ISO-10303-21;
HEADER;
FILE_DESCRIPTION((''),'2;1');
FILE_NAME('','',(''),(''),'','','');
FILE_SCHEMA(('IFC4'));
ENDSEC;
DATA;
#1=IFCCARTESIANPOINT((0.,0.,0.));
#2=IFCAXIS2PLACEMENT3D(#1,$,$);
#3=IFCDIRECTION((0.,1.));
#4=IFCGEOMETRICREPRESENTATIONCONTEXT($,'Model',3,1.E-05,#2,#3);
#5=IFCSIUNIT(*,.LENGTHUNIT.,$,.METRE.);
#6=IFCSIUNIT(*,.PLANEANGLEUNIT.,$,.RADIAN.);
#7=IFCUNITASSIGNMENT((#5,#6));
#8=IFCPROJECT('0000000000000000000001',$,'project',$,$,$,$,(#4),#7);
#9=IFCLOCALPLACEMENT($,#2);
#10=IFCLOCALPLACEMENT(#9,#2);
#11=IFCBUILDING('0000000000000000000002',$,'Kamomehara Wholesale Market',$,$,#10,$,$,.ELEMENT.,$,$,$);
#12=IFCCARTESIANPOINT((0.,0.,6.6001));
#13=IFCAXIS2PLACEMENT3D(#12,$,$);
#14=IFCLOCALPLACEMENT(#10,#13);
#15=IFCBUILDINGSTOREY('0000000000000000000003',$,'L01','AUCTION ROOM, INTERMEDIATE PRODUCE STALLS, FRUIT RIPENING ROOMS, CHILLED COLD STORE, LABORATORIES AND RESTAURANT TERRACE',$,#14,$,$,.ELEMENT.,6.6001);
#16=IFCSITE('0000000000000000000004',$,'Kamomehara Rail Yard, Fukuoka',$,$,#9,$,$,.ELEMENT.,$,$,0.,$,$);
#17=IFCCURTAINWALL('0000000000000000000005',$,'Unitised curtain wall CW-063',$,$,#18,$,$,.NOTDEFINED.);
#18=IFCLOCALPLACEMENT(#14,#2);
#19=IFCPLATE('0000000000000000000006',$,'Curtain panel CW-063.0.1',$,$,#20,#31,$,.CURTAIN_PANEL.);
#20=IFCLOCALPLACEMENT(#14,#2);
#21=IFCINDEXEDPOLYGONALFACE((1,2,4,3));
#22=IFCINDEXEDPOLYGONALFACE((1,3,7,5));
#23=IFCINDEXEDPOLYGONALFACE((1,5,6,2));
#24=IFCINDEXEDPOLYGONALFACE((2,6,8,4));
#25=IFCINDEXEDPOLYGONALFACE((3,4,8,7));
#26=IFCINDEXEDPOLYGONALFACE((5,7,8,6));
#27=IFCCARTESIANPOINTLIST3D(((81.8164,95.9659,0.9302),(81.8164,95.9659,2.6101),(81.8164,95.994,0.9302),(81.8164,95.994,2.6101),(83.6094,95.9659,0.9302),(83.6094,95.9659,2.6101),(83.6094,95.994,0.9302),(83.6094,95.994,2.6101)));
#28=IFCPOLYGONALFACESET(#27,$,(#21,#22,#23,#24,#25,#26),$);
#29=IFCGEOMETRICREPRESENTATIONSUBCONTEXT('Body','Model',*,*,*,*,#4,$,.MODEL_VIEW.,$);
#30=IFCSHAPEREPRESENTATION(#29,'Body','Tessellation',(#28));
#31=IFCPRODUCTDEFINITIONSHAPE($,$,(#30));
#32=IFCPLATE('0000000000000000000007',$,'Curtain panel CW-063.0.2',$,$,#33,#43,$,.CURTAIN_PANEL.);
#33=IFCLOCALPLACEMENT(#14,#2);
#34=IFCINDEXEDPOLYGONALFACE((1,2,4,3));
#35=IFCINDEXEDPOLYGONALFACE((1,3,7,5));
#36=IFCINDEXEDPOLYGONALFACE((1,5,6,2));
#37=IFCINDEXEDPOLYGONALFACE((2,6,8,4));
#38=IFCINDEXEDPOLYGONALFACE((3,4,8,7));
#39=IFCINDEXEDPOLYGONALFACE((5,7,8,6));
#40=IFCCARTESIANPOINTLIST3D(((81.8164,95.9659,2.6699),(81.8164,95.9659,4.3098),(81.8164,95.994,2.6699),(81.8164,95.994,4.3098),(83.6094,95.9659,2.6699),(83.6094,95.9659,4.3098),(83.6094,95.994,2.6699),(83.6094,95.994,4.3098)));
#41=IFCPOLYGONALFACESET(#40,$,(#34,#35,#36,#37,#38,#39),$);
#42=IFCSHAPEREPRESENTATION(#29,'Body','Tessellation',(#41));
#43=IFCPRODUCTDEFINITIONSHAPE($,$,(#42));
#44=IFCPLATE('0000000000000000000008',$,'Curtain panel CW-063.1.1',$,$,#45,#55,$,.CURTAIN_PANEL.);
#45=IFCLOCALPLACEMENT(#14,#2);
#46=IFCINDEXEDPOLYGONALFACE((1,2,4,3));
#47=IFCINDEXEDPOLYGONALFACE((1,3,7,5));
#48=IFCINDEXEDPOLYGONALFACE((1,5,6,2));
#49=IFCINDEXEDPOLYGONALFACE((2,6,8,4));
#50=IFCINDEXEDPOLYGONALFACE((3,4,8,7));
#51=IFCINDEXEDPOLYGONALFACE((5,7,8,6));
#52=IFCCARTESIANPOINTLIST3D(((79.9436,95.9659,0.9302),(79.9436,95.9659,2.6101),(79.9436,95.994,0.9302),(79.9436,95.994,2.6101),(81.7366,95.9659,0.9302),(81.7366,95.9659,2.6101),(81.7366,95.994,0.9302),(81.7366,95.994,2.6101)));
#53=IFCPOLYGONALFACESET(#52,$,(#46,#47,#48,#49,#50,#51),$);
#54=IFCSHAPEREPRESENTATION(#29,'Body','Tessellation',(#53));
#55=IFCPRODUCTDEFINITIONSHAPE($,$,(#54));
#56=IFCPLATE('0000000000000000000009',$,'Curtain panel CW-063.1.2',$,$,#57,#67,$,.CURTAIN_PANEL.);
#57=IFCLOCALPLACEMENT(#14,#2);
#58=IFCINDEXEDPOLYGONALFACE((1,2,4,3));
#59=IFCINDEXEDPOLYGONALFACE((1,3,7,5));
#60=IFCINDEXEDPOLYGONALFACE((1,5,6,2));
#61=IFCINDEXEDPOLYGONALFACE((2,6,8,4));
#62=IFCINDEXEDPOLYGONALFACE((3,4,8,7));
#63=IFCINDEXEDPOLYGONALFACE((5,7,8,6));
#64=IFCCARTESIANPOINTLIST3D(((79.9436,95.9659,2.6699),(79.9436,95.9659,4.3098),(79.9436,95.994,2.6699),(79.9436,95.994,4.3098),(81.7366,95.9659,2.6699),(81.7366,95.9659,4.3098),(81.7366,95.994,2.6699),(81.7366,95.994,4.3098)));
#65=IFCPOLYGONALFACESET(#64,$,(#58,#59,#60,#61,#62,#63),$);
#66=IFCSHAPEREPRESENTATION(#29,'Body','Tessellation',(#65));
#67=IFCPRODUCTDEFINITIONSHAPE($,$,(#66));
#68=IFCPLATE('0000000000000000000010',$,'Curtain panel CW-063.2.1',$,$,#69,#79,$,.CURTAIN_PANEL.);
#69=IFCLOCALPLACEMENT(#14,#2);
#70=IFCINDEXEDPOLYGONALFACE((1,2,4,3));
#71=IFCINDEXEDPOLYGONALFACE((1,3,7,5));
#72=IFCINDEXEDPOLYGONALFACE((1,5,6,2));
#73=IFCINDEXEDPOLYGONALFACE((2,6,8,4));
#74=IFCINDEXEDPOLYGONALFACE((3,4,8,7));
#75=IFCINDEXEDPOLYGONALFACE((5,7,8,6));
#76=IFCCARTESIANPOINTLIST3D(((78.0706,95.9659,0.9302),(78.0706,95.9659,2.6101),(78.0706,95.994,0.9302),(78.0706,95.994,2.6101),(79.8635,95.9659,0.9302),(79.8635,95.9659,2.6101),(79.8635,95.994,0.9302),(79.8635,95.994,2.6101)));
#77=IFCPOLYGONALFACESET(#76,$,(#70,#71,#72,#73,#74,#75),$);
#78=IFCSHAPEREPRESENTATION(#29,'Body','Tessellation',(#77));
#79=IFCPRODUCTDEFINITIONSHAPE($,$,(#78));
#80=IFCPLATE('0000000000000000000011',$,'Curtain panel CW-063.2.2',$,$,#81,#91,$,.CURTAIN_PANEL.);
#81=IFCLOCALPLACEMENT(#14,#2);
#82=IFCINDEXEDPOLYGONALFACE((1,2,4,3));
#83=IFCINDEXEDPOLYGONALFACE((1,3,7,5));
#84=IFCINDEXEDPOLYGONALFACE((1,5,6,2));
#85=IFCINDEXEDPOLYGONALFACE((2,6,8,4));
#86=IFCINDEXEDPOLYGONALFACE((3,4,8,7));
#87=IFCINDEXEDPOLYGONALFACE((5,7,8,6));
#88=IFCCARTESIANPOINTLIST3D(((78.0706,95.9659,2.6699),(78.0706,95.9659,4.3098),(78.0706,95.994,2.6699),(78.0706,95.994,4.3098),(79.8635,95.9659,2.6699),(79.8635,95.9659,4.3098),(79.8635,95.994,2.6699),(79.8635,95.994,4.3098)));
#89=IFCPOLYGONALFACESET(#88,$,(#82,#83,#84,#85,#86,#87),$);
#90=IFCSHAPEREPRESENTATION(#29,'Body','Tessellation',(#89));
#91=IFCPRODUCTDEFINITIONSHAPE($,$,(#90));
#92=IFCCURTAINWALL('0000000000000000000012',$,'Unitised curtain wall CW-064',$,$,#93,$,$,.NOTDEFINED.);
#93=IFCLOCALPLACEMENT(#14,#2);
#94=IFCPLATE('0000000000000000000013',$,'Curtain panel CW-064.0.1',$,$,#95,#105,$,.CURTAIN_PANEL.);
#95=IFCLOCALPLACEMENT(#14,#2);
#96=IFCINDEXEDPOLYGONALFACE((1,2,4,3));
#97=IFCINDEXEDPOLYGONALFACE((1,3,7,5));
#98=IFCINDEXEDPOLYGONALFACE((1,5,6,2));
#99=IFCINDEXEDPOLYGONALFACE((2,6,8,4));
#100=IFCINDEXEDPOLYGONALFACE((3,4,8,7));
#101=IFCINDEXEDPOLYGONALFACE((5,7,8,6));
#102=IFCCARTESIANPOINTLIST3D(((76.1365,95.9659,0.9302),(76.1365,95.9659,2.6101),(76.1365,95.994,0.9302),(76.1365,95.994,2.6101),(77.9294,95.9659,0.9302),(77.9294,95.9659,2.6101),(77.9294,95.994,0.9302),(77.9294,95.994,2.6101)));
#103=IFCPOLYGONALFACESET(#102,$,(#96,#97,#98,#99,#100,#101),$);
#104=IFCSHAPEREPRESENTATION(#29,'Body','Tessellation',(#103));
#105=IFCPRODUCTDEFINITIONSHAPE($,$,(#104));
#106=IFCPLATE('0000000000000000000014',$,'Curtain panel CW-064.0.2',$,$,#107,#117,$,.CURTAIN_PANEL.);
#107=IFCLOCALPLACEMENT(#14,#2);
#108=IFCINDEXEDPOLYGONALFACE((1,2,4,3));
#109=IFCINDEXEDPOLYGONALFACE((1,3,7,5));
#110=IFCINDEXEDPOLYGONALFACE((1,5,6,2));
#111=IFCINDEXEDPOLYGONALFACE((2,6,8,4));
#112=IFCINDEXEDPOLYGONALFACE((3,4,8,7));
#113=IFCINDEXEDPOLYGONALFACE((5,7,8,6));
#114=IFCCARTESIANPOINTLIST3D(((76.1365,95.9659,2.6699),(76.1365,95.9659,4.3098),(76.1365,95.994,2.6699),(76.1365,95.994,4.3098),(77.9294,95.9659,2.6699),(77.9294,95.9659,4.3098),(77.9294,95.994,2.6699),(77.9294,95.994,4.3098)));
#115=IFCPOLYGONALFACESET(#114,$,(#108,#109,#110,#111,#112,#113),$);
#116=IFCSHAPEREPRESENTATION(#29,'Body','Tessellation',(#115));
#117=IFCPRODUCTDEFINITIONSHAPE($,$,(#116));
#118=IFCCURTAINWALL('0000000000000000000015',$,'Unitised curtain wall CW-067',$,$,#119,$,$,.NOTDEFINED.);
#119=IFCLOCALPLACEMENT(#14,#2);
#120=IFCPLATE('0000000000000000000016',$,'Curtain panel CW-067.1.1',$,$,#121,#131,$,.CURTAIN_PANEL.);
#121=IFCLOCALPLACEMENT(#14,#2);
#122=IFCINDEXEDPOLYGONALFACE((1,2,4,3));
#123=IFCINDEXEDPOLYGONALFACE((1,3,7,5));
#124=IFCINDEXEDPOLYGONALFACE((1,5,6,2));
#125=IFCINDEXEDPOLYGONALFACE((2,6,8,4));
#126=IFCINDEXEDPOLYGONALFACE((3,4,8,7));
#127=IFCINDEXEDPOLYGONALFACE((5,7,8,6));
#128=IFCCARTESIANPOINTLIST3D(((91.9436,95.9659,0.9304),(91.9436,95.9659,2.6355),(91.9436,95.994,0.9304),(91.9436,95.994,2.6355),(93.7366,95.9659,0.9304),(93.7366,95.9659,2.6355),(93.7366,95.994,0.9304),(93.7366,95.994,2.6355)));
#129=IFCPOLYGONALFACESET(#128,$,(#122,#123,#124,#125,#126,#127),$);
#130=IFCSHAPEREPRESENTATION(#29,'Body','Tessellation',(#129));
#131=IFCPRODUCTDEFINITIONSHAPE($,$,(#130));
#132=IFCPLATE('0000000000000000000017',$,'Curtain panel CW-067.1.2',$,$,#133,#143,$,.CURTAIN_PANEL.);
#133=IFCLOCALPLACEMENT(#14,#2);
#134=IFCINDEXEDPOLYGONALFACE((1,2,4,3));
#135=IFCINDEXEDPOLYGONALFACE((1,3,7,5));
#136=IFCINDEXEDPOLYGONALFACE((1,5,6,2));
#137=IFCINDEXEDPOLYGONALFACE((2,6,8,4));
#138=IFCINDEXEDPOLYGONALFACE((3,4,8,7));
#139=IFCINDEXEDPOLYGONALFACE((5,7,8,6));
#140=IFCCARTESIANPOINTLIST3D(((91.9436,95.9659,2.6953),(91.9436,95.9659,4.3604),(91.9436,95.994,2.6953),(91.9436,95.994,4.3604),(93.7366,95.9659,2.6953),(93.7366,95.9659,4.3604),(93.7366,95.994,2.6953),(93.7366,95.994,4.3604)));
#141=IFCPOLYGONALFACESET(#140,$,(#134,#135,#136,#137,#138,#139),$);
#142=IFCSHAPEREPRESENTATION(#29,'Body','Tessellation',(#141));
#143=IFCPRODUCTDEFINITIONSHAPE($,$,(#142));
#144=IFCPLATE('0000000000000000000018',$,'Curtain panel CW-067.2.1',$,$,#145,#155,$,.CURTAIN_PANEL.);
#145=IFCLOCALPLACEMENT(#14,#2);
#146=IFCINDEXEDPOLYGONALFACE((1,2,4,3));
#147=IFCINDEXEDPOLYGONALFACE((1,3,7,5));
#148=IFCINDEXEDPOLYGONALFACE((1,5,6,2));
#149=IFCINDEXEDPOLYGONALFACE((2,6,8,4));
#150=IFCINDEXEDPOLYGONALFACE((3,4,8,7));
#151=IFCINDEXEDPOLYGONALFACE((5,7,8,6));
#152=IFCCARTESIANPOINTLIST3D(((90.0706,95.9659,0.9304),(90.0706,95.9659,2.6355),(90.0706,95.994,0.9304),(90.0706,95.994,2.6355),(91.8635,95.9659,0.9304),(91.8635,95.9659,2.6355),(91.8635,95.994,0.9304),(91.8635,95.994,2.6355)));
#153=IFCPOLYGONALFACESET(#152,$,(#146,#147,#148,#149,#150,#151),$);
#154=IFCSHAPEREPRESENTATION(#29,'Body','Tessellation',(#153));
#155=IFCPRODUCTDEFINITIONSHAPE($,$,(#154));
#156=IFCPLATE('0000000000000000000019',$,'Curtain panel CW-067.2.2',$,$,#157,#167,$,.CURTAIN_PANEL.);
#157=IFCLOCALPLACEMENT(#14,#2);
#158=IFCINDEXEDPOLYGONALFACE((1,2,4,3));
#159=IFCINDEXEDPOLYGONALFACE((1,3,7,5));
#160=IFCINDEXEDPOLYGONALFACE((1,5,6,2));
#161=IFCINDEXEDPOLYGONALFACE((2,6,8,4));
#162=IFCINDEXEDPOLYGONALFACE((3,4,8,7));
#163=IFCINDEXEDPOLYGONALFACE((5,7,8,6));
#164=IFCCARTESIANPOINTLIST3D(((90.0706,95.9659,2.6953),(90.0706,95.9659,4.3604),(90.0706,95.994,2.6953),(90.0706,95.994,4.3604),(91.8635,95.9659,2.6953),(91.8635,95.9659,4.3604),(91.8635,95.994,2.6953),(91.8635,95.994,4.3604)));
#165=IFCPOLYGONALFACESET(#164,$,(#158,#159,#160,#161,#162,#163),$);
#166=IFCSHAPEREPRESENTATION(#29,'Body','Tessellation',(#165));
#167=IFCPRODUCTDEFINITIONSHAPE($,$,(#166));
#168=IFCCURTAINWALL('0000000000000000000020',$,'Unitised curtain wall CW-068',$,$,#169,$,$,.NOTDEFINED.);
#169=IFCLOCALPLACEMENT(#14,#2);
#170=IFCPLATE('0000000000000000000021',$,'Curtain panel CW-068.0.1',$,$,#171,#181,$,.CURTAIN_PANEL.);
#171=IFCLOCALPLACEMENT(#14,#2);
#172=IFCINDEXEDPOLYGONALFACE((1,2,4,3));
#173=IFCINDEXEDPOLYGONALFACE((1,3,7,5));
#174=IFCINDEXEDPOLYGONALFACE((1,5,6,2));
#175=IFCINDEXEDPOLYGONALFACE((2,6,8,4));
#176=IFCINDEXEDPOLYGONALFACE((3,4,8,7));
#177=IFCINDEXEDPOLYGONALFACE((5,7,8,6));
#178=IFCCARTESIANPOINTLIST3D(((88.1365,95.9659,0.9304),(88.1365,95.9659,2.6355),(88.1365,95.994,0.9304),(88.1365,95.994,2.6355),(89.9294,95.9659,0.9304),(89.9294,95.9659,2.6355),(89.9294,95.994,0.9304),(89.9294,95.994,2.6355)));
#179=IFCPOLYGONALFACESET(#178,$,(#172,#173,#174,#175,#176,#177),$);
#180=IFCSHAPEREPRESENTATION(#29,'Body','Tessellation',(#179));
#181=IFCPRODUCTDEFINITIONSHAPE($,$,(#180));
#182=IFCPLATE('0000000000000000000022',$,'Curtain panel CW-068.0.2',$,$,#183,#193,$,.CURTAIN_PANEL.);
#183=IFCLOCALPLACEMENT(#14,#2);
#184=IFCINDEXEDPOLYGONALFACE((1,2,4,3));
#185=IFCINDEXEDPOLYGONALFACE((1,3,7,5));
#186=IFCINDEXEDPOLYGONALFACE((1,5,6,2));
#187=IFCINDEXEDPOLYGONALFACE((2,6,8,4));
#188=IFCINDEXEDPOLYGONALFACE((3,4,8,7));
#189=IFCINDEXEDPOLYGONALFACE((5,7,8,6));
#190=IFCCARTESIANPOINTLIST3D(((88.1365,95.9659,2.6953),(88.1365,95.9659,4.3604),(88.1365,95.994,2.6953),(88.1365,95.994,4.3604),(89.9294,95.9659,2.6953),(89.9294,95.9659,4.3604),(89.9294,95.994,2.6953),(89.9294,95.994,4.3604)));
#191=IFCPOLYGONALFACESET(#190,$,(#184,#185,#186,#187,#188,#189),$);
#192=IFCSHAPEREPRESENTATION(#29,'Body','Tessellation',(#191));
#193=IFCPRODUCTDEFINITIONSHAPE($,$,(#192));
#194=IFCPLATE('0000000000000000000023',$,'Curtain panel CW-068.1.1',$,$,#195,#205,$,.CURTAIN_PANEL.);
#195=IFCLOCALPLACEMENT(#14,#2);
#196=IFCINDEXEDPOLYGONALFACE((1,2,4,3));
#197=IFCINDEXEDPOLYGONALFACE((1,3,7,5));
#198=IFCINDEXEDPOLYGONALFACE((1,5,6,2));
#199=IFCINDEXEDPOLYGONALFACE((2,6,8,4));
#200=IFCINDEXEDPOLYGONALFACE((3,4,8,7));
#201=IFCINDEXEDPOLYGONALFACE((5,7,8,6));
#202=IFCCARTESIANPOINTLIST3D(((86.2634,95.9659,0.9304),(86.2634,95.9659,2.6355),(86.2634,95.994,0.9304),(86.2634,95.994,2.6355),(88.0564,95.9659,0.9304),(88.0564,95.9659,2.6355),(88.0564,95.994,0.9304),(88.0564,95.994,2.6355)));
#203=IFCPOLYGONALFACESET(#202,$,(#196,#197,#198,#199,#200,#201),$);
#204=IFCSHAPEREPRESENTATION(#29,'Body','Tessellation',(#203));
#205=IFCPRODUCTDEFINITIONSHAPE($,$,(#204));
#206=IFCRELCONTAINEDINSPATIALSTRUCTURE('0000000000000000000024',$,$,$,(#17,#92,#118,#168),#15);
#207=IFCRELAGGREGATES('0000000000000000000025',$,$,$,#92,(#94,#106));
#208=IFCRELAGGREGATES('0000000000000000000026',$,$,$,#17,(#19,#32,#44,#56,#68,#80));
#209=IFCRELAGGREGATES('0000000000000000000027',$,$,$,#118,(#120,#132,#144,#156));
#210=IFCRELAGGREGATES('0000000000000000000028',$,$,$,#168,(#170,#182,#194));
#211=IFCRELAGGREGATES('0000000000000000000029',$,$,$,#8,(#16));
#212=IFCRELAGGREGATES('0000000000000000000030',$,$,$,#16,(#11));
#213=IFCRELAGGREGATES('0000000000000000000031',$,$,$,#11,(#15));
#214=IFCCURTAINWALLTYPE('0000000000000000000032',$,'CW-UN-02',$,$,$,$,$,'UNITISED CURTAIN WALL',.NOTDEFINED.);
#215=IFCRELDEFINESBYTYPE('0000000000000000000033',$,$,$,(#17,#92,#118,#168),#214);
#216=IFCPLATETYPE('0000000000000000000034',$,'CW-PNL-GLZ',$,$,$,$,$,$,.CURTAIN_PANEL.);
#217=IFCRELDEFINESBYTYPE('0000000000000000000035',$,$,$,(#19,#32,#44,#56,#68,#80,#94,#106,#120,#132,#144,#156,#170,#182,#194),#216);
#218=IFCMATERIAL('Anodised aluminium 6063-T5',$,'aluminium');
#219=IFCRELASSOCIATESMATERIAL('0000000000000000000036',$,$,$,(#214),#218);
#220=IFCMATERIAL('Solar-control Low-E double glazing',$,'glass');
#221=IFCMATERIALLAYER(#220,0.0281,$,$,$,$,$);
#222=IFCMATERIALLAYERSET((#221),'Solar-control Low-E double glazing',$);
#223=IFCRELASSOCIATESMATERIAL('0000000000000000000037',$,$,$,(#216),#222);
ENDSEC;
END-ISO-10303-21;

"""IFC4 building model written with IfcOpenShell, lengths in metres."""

from ifc_helpers import new_model, si_unit, direction, frame, origin, origin_2d, place, context, subcontext, project, spatial, rectangle, extrude, material, layer, layer_set, type_object, element, aggregate, save


model = new_model("IFC4")

# Units and contexts
model_context = context("Model", 3, precision=1e-05, world=origin(), true_north=direction((0.0, 1.0)))
body_context = subcontext(model_context, "Body", "Model", "MODEL_VIEW")
ifc_project = project(units=[si_unit("LENGTHUNIT", "METRE"), si_unit("PLANEANGLEUNIT", "RADIAN")], contexts=[model_context])

# Site, building, storey
site_placement = place(None, origin())
site = spatial("IfcSite", under=ifc_project, at=site_placement, Name="Kamomehara Rail Yard, Fukuoka", CompositionType="ELEMENT", RefElevation=0.0)
building_placement = place(site_placement, origin())
building = spatial("IfcBuilding", under=site, at=building_placement, Name="Kamomehara Wholesale Market", CompositionType="ELEMENT")
storey_placement = place(building_placement, frame((0.0, 0.0, 6.6001)))
storey = spatial("IfcBuildingStorey", under=building, at=storey_placement, Name="L01", Description="AUCTION ROOM, INTERMEDIATE PRODUCE STALLS, FRUIT RIPENING ROOMS, CHILLED COLD STORE, LABORATORIES AND RESTAURANT TERRACE", CompositionType="ELEMENT", Elevation=6.6001)

# Curtain walls, plates
ifc_material_1 = material(Name="Anodised aluminium 6063-T5", Category="aluminium")
curtain_wall_type = type_object("IfcCurtainWallType", Name="CW-UN-02", ElementType="UNITISED CURTAIN WALL", PredefinedType="NOTDEFINED", material=ifc_material_1)
curtain_wall_1_placement = place(storey_placement, origin())
curtain_wall_1 = element("IfcCurtainWall", 1, at=curtain_wall_1_placement, inside=storey, type_object=curtain_wall_type, Name="Unitised curtain wall CW-063", PredefinedType="NOTDEFINED")
ifc_material_2 = material(Name="Solar-control Low-E double glazing", Category="glass")
ifc_layer_1 = layer(ifc_material_2, 0.0281)
ifc_layer_set_1 = layer_set([ifc_layer_1], Name="Solar-control Low-E double glazing")
plate_type_1 = type_object("IfcPlateType", Name="CW-PNL-GLZ", PredefinedType="CURTAIN_PANEL", material=ifc_layer_set_1)
plate_1_placement = place(storey_placement, frame((82.7129, 95.98, 0.9302), z_axis=(0.0, 0.0, 1.0), x_axis=(-1.0, 0.0, 0.0)))
plate_1 = element("IfcPlate", 2, at=plate_1_placement, type_object=plate_type_1, Name="Curtain panel CW-063.0.1", PredefinedType="CURTAIN_PANEL", context=body_context, shape_type="SweptSolid", body=[
    extrude(rectangle(XDim=1.793, YDim=0.0281, at=origin_2d()), origin(), (0.0, 0.0, 1.0), 1.6799),
])
plate_2_placement = place(storey_placement, frame((82.7129, 95.98, 2.6699), z_axis=(0.0, 0.0, 1.0), x_axis=(-1.0, 0.0, 0.0)))
plate_2 = element("IfcPlate", 3, at=plate_2_placement, type_object=plate_type_1, Name="Curtain panel CW-063.0.2", PredefinedType="CURTAIN_PANEL", context=body_context, shape_type="SweptSolid", body=[
    extrude(rectangle(XDim=1.793, YDim=0.0281, at=origin_2d()), origin(), (0.0, 0.0, 1.0), 1.6399),
])
plate_3_placement = place(storey_placement, frame((80.8401, 95.98, 0.9302), z_axis=(0.0, 0.0, 1.0), x_axis=(-1.0, 0.0, 0.0)))
plate_3 = element("IfcPlate", 4, at=plate_3_placement, type_object=plate_type_1, Name="Curtain panel CW-063.1.1", PredefinedType="CURTAIN_PANEL", context=body_context, shape_type="SweptSolid", body=[
    extrude(rectangle(XDim=1.793, YDim=0.0281, at=origin_2d()), origin(), (0.0, 0.0, 1.0), 1.6799),
])
plate_4_placement = place(storey_placement, frame((80.8401, 95.98, 2.6699), z_axis=(0.0, 0.0, 1.0), x_axis=(-1.0, 0.0, 0.0)))
plate_4 = element("IfcPlate", 5, at=plate_4_placement, type_object=plate_type_1, Name="Curtain panel CW-063.1.2", PredefinedType="CURTAIN_PANEL", context=body_context, shape_type="SweptSolid", body=[
    extrude(rectangle(XDim=1.793, YDim=0.0281, at=origin_2d()), origin(), (0.0, 0.0, 1.0), 1.6399),
])
plate_5_placement = place(storey_placement, frame((78.967, 95.98, 0.9302), z_axis=(0.0, 0.0, 1.0), x_axis=(-1.0, 0.0, 0.0)))
plate_5 = element("IfcPlate", 6, at=plate_5_placement, type_object=plate_type_1, Name="Curtain panel CW-063.2.1", PredefinedType="CURTAIN_PANEL", context=body_context, shape_type="SweptSolid", body=[
    extrude(rectangle(XDim=1.793, YDim=0.0281, at=origin_2d()), origin(), (0.0, 0.0, 1.0), 1.6799),
])
plate_6_placement = place(storey_placement, frame((78.967, 95.98, 2.6699), z_axis=(0.0, 0.0, 1.0), x_axis=(-1.0, 0.0, 0.0)))
plate_6 = element("IfcPlate", 7, at=plate_6_placement, type_object=plate_type_1, Name="Curtain panel CW-063.2.2", PredefinedType="CURTAIN_PANEL", context=body_context, shape_type="SweptSolid", body=[
    extrude(rectangle(XDim=1.793, YDim=0.0281, at=origin_2d()), origin(), (0.0, 0.0, 1.0), 1.6399),
])
curtain_wall_2_placement = place(storey_placement, origin())
curtain_wall_2 = element("IfcCurtainWall", 8, at=curtain_wall_2_placement, inside=storey, type_object=curtain_wall_type, Name="Unitised curtain wall CW-064", PredefinedType="NOTDEFINED")
plate_7_placement = place(storey_placement, frame((77.033, 95.98, 0.9302), z_axis=(0.0, 0.0, 1.0), x_axis=(-1.0, 0.0, 0.0)))
plate_7 = element("IfcPlate", 9, at=plate_7_placement, type_object=plate_type_1, Name="Curtain panel CW-064.0.1", PredefinedType="CURTAIN_PANEL", context=body_context, shape_type="SweptSolid", body=[
    extrude(rectangle(XDim=1.793, YDim=0.0281, at=origin_2d()), origin(), (0.0, 0.0, 1.0), 1.6799),
])
plate_8_placement = place(storey_placement, frame((77.033, 95.98, 2.6699), z_axis=(0.0, 0.0, 1.0), x_axis=(-1.0, 0.0, 0.0)))
plate_8 = element("IfcPlate", 10, at=plate_8_placement, type_object=plate_type_1, Name="Curtain panel CW-064.0.2", PredefinedType="CURTAIN_PANEL", context=body_context, shape_type="SweptSolid", body=[
    extrude(rectangle(XDim=1.793, YDim=0.0281, at=origin_2d()), origin(), (0.0, 0.0, 1.0), 1.6399),
])
aggregate(curtain_wall_2, [plate_7, plate_8])
curtain_wall_3_placement = place(storey_placement, origin())
curtain_wall_3 = element("IfcCurtainWall", 11, at=curtain_wall_3_placement, inside=storey, type_object=curtain_wall_type, Name="Unitised curtain wall CW-067", PredefinedType="NOTDEFINED")
plate_9_placement = place(storey_placement, frame((92.8401, 95.98, 0.9304), z_axis=(0.0, 0.0, 1.0), x_axis=(-1.0, 0.0, 0.0)))
plate_9 = element("IfcPlate", 12, at=plate_9_placement, type_object=plate_type_1, Name="Curtain panel CW-067.1.1", PredefinedType="CURTAIN_PANEL", context=body_context, shape_type="SweptSolid", body=[
    extrude(rectangle(XDim=1.793, YDim=0.0281, at=origin_2d()), origin(), (0.0, 0.0, 1.0), 1.7051),
])
plate_10_placement = place(storey_placement, frame((92.8401, 95.98, 2.6953), z_axis=(0.0, 0.0, 1.0), x_axis=(-1.0, 0.0, 0.0)))
plate_10 = element("IfcPlate", 13, at=plate_10_placement, type_object=plate_type_1, Name="Curtain panel CW-067.1.2", PredefinedType="CURTAIN_PANEL", context=body_context, shape_type="SweptSolid", body=[
    extrude(rectangle(XDim=1.793, YDim=0.0281, at=origin_2d()), origin(), (0.0, 0.0, 1.0), 1.665),
])
plate_11_placement = place(storey_placement, frame((90.967, 95.98, 0.9304), z_axis=(0.0, 0.0, 1.0), x_axis=(-1.0, 0.0, 0.0)))
plate_11 = element("IfcPlate", 14, at=plate_11_placement, type_object=plate_type_1, Name="Curtain panel CW-067.2.1", PredefinedType="CURTAIN_PANEL", context=body_context, shape_type="SweptSolid", body=[
    extrude(rectangle(XDim=1.793, YDim=0.0281, at=origin_2d()), origin(), (0.0, 0.0, 1.0), 1.7051),
])
plate_12_placement = place(storey_placement, frame((90.967, 95.98, 2.6953), z_axis=(0.0, 0.0, 1.0), x_axis=(-1.0, 0.0, 0.0)))
plate_12 = element("IfcPlate", 15, at=plate_12_placement, type_object=plate_type_1, Name="Curtain panel CW-067.2.2", PredefinedType="CURTAIN_PANEL", context=body_context, shape_type="SweptSolid", body=[
    extrude(rectangle(XDim=1.793, YDim=0.0281, at=origin_2d()), origin(), (0.0, 0.0, 1.0), 1.665),
])
curtain_wall_4_placement = place(storey_placement, origin())
curtain_wall_4 = element("IfcCurtainWall", 16, at=curtain_wall_4_placement, inside=storey, type_object=curtain_wall_type, Name="Unitised curtain wall CW-068", PredefinedType="NOTDEFINED")
plate_13_placement = place(storey_placement, frame((89.033, 95.98, 0.9304), z_axis=(0.0, 0.0, 1.0), x_axis=(-1.0, 0.0, 0.0)))
plate_13 = element("IfcPlate", 17, at=plate_13_placement, type_object=plate_type_1, Name="Curtain panel CW-068.0.1", PredefinedType="CURTAIN_PANEL", context=body_context, shape_type="SweptSolid", body=[
    extrude(rectangle(XDim=1.793, YDim=0.0281, at=origin_2d()), origin(), (0.0, 0.0, 1.0), 1.7051),
])
plate_14_placement = place(storey_placement, frame((89.033, 95.98, 2.6953), z_axis=(0.0, 0.0, 1.0), x_axis=(-1.0, 0.0, 0.0)))
plate_14 = element("IfcPlate", 18, at=plate_14_placement, type_object=plate_type_1, Name="Curtain panel CW-068.0.2", PredefinedType="CURTAIN_PANEL", context=body_context, shape_type="SweptSolid", body=[
    extrude(rectangle(XDim=1.793, YDim=0.0281, at=origin_2d()), origin(), (0.0, 0.0, 1.0), 1.665),
])
plate_15_placement = place(storey_placement, frame((87.1599, 95.98, 0.9304), z_axis=(0.0, 0.0, 1.0), x_axis=(-1.0, 0.0, 0.0)))
plate_15 = element("IfcPlate", 19, at=plate_15_placement, type_object=plate_type_1, Name="Curtain panel CW-068.1.1", PredefinedType="CURTAIN_PANEL", context=body_context, shape_type="SweptSolid", body=[
    extrude(rectangle(XDim=1.793, YDim=0.0281, at=origin_2d()), origin(), (0.0, 0.0, 1.0), 1.7051),
])

aggregate(curtain_wall_1, [plate_1, plate_2, plate_3, plate_4, plate_5, plate_6])
aggregate(curtain_wall_3, [plate_9, plate_10, plate_11, plate_12])
aggregate(curtain_wall_4, [plate_13, plate_14, plate_15])

save(model, "model.ifc")
